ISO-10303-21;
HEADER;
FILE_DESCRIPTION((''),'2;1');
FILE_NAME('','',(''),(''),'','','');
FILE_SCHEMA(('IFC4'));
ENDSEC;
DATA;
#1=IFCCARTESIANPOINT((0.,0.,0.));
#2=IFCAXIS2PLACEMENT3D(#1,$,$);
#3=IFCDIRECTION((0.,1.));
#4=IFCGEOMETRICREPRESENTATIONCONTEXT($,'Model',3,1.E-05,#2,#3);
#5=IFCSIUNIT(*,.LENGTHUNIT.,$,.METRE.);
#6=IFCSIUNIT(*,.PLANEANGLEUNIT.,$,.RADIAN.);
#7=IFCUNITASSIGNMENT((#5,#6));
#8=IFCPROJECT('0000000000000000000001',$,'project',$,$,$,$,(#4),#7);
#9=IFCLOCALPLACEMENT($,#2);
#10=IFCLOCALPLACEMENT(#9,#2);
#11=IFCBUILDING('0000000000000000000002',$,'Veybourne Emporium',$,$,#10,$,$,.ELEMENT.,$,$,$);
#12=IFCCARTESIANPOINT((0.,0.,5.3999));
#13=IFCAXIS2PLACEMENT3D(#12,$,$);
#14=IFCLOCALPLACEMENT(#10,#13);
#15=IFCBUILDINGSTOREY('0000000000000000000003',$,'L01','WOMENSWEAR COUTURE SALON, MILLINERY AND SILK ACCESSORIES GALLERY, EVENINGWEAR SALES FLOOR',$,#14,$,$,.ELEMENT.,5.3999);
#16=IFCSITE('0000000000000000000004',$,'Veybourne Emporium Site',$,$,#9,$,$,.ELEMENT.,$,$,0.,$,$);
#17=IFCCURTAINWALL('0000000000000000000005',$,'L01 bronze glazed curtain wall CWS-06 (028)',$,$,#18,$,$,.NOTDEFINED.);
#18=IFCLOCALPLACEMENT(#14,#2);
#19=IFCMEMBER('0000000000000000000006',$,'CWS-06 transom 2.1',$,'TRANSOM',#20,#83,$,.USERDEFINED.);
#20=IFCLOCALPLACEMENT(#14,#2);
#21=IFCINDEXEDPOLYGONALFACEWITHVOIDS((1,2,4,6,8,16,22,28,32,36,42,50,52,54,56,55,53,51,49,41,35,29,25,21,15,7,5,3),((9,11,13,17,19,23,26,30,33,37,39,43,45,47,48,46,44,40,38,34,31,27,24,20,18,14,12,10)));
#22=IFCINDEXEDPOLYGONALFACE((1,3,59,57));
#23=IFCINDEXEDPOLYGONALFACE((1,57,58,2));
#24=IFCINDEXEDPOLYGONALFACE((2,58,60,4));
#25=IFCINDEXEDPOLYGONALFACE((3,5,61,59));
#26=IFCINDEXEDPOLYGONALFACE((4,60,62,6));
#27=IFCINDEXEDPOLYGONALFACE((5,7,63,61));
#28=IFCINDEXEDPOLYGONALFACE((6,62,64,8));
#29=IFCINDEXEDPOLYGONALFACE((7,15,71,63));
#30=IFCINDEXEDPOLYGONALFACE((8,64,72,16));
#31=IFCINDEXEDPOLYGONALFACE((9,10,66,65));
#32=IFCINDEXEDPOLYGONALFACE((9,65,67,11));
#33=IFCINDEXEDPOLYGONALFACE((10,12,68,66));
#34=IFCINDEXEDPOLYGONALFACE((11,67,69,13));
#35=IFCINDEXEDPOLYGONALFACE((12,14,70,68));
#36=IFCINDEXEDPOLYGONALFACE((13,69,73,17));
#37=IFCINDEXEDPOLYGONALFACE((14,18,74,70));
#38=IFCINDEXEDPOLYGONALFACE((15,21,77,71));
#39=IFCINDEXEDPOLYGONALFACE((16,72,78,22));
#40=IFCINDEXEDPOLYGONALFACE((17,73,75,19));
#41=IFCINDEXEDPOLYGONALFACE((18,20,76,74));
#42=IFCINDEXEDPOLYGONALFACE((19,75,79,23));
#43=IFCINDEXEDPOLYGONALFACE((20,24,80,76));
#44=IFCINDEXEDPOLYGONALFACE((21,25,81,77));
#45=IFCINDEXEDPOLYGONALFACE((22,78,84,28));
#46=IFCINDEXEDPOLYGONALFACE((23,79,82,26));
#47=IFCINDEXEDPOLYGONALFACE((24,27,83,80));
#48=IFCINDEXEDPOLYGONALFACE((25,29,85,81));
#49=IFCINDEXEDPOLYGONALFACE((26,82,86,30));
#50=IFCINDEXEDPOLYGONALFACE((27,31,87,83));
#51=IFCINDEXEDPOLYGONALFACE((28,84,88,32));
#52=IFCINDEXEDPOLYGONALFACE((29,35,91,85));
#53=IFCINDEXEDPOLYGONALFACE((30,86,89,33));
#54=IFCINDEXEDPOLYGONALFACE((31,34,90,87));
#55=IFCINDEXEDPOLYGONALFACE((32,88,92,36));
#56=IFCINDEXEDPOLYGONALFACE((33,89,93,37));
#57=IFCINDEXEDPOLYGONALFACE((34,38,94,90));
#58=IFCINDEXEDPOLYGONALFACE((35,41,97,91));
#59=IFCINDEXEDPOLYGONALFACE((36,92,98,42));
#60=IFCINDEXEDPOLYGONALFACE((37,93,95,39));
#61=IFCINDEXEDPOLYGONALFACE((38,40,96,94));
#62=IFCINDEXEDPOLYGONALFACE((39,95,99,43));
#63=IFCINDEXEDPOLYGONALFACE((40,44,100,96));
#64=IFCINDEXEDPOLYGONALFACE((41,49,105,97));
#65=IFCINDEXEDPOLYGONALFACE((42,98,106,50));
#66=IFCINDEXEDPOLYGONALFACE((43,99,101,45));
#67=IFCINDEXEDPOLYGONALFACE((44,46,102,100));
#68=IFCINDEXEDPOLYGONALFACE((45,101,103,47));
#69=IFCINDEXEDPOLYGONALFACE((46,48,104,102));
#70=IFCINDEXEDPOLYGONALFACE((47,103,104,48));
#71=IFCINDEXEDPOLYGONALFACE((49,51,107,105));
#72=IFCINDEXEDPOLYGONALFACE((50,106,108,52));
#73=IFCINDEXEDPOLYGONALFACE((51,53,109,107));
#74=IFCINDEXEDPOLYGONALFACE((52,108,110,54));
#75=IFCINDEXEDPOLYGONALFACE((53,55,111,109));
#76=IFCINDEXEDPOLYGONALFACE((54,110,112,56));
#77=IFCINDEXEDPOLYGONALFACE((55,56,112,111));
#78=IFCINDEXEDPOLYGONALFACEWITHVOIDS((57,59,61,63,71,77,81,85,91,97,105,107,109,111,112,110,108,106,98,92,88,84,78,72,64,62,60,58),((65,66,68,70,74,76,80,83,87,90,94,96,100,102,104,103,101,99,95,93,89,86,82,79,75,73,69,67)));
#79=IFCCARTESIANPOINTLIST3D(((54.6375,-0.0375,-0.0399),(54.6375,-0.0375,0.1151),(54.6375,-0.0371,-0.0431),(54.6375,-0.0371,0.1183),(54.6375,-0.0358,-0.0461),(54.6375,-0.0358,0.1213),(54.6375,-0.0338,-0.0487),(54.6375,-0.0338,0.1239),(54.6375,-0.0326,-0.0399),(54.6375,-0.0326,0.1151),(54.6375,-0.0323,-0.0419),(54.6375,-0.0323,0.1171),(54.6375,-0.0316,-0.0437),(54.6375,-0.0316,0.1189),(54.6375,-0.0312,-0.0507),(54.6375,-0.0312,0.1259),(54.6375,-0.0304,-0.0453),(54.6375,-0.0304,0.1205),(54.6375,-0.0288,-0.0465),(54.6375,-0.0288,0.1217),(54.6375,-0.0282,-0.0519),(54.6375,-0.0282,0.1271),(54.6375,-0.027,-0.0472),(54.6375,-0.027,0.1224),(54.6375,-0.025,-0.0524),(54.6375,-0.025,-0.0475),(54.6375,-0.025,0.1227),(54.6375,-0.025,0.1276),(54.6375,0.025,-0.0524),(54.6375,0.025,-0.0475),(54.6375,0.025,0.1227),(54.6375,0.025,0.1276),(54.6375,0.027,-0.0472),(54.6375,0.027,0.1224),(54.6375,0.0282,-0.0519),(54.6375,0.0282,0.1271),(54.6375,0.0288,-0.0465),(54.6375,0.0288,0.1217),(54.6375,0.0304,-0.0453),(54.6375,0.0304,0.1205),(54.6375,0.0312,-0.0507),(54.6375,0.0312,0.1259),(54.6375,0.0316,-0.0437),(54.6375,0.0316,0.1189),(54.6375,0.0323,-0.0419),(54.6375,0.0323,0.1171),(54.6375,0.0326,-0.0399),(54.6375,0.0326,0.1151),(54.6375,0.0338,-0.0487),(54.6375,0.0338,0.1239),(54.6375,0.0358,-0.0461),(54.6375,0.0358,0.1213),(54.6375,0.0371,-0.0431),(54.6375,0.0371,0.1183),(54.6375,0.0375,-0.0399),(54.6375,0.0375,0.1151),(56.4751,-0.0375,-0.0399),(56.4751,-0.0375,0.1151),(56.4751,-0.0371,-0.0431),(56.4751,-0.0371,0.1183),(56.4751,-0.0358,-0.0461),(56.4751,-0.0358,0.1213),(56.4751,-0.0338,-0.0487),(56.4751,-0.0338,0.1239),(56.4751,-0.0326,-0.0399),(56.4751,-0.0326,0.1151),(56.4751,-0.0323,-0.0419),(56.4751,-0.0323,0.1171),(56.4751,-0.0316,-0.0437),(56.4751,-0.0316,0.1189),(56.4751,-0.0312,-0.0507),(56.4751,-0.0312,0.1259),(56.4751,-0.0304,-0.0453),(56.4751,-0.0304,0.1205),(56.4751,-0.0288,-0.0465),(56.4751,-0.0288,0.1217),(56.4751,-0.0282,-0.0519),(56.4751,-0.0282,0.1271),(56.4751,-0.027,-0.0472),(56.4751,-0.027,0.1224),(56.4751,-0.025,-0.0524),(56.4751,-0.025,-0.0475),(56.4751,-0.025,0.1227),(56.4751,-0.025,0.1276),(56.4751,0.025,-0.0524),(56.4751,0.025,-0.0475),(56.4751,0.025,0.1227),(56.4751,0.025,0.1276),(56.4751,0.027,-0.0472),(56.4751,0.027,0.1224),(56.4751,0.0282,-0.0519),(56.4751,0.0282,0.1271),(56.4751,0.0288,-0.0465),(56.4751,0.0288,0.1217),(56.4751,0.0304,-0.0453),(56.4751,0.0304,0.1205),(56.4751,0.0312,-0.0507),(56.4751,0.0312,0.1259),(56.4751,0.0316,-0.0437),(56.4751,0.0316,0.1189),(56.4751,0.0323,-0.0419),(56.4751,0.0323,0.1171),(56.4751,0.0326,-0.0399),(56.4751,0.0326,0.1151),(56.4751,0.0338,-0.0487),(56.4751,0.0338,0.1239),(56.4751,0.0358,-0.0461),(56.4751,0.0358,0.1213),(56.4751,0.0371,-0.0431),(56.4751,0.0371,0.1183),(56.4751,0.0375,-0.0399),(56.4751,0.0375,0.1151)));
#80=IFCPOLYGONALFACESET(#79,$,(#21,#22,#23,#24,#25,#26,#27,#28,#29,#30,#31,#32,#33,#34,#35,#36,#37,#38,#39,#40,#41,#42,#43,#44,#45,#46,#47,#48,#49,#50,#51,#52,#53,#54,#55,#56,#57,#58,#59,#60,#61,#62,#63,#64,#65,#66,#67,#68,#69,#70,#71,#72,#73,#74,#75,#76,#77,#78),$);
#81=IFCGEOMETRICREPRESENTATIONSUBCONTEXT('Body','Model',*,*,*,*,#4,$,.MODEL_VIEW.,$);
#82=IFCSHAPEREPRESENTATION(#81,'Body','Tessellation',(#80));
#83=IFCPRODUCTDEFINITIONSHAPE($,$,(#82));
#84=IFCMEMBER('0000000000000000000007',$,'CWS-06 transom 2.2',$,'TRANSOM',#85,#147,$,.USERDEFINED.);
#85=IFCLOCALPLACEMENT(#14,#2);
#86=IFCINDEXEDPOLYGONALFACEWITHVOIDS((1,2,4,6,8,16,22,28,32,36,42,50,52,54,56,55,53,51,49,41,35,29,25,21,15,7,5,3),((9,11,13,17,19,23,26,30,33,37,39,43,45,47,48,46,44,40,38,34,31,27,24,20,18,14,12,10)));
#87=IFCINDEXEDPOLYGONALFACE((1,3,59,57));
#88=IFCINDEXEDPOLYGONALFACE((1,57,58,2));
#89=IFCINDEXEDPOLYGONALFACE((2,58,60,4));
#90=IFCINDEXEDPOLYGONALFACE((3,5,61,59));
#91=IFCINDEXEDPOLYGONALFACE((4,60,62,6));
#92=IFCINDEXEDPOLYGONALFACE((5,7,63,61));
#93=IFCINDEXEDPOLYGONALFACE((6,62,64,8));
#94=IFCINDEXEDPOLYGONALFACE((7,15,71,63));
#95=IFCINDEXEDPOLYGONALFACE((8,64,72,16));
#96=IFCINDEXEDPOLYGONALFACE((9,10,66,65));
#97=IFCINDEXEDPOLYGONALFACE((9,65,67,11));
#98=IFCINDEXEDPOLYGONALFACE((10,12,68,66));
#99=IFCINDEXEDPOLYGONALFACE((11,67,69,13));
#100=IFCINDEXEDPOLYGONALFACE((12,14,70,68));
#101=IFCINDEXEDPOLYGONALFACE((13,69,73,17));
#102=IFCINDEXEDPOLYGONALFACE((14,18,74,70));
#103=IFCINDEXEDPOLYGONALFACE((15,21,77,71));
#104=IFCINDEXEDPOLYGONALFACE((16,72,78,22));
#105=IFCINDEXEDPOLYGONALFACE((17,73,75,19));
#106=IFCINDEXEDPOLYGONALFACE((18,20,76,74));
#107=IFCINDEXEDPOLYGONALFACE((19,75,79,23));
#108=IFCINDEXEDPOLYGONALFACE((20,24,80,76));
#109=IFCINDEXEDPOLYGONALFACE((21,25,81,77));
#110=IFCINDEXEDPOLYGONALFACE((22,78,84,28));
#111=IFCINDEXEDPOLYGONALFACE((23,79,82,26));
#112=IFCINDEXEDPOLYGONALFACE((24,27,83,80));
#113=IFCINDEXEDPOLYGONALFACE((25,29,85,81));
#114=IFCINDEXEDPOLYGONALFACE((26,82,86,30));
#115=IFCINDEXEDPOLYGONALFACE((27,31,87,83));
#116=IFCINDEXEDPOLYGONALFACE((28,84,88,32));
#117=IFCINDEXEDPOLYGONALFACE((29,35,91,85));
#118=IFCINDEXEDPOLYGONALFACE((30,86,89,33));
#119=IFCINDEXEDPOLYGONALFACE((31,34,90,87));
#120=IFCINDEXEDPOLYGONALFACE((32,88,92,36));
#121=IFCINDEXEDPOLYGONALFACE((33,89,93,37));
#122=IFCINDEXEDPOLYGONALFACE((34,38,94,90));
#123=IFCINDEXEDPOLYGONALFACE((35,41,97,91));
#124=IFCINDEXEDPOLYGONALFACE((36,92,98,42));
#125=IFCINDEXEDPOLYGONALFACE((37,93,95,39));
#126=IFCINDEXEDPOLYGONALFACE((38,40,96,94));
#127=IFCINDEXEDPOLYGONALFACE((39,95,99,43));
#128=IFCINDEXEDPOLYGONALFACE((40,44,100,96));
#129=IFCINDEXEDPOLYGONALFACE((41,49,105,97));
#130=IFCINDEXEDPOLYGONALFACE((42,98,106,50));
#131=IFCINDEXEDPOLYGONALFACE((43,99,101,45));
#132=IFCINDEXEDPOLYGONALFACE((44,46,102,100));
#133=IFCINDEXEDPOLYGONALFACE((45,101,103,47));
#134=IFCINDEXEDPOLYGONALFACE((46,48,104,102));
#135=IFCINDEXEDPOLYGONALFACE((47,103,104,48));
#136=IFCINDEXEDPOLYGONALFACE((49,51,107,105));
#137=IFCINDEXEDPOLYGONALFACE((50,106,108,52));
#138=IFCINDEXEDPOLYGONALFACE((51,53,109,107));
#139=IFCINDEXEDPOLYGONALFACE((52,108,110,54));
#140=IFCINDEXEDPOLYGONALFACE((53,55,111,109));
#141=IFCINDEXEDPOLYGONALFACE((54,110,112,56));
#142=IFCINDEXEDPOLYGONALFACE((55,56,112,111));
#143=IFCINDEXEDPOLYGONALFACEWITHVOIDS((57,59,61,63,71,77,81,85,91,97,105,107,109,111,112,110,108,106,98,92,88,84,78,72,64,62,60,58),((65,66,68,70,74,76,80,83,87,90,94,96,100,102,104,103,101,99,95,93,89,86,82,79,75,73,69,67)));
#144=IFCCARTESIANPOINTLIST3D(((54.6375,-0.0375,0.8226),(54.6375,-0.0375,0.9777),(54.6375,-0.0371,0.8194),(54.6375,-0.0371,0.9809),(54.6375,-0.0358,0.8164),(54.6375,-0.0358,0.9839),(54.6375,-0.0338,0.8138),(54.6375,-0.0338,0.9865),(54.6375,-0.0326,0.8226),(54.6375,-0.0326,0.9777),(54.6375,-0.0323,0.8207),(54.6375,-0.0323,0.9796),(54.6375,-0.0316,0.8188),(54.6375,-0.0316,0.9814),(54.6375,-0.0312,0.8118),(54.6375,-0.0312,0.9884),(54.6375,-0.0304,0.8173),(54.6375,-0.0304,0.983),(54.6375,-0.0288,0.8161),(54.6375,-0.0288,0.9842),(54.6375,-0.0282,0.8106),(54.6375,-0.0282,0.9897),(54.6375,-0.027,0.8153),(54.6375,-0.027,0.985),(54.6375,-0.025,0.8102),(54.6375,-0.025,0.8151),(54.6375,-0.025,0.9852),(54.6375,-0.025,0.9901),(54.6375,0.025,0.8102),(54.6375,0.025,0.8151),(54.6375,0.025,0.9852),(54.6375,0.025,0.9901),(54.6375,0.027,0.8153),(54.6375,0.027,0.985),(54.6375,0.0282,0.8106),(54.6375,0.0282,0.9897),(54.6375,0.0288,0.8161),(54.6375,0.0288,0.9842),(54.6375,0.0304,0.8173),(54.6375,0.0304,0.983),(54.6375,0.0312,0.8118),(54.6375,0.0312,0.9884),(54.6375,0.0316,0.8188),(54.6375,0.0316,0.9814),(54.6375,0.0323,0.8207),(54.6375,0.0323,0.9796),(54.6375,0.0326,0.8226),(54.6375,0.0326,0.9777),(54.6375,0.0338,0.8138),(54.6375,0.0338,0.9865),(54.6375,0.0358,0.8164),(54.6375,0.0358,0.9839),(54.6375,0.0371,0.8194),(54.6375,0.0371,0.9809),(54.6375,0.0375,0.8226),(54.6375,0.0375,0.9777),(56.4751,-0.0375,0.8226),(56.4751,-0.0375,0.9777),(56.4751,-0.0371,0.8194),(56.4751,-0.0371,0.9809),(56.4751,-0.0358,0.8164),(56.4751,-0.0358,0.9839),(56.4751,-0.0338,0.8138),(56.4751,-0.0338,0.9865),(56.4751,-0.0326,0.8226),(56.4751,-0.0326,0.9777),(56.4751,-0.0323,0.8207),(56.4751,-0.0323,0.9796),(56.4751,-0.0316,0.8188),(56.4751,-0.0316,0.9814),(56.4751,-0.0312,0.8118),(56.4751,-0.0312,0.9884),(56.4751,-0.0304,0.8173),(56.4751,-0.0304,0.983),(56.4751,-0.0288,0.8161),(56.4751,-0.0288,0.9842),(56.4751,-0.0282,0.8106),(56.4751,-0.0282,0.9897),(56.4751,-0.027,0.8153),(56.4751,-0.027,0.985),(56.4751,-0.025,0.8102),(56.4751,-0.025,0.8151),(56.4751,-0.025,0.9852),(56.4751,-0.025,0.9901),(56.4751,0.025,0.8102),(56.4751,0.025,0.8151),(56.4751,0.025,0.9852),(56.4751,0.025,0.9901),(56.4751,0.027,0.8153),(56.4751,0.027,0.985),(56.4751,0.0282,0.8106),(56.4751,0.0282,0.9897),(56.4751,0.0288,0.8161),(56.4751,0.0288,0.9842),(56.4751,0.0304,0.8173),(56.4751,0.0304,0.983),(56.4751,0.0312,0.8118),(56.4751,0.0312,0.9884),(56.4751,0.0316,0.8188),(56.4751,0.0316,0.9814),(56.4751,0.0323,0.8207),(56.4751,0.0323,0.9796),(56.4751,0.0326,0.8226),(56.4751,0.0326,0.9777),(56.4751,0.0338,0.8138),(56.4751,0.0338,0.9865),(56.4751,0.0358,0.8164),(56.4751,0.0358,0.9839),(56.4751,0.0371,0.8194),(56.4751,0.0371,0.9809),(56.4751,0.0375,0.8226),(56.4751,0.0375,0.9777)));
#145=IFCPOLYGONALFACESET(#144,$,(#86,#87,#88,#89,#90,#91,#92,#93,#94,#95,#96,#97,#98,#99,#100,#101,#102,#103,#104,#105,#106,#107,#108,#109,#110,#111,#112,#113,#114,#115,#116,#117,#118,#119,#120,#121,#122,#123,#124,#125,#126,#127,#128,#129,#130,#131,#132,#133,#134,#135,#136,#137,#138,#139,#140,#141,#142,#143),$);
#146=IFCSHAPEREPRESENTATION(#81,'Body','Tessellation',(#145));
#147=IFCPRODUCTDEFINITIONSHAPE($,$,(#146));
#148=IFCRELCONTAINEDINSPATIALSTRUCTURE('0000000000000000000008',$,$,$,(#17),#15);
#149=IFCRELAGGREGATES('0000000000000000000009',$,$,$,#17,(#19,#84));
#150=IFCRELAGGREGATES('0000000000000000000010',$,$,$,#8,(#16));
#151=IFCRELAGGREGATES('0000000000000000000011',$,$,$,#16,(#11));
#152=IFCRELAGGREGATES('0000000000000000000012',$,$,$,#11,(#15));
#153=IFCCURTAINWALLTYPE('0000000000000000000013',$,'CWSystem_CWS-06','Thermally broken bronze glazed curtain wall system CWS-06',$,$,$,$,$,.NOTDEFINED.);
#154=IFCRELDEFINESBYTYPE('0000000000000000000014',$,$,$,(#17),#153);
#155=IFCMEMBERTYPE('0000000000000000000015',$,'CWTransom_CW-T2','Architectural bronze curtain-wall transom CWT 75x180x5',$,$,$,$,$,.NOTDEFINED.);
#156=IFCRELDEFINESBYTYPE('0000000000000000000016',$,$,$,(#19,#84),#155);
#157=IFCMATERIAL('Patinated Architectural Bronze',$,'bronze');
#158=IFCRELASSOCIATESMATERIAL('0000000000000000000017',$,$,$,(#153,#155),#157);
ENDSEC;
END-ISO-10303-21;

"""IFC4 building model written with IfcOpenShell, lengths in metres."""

from ifc_helpers import new_model, si_unit, direction, frame, origin, origin_2d, place, context, subcontext, project, spatial, hollow_rectangle, extrude, material, material_profile, profile_set, type_object, element, aggregate, save


model = new_model("IFC4")

# Units and contexts
model_context = context("Model", 3, precision=1e-05, world=origin(), true_north=direction((0.0, 1.0)))
body_context = subcontext(model_context, "Body", "Model", "MODEL_VIEW")
ifc_project = project(units=[si_unit("LENGTHUNIT", "METRE"), si_unit("PLANEANGLEUNIT", "RADIAN")], contexts=[model_context])

# Site, building, storey
site_placement = place(None, origin())
site = spatial("IfcSite", under=ifc_project, at=site_placement, Name="Veybourne Emporium Site", CompositionType="ELEMENT", RefElevation=0.0)
building_placement = place(site_placement, origin())
building = spatial("IfcBuilding", under=site, at=building_placement, Name="Veybourne Emporium", CompositionType="ELEMENT")
storey_placement = place(building_placement, frame((0.0, 0.0, 5.3999)))
storey = spatial("IfcBuildingStorey", under=building, at=storey_placement, Name="L01", Description="WOMENSWEAR COUTURE SALON, MILLINERY AND SILK ACCESSORIES GALLERY, EVENINGWEAR SALES FLOOR", CompositionType="ELEMENT", Elevation=5.3999)

# Curtain wall, members
ifc_material_1 = material(Name="Patinated Architectural Bronze", Category="bronze")
curtain_wall_type = type_object("IfcCurtainWallType", Name="CWSystem_CWS-06", Description="Thermally broken bronze glazed curtain wall system CWS-06", PredefinedType="NOTDEFINED", material=ifc_material_1)
curtain_wall_placement = place(storey_placement, origin())
curtain_wall = element("IfcCurtainWall", 1, at=curtain_wall_placement, inside=storey, type_object=curtain_wall_type, Name="L01 bronze glazed curtain wall CWS-06 (028)", PredefinedType="NOTDEFINED")
ifc_material_profile_1 = material_profile(ifc_material_1, hollow_rectangle(XDim=0.075, YDim=0.1799, WallThickness=0.0049, InnerFilletRadius=0.0076, OuterFilletRadius=0.0125, at=origin_2d()), Name="CWT 75x180x5")
ifc_profile_set_1 = profile_set([ifc_material_profile_1], Name="Patinated Architectural Bronze")
member_type_1 = type_object("IfcMemberType", Name="CWTransom_CW-T2", Description="Architectural bronze curtain-wall transom CWT 75x180x5", PredefinedType="NOTDEFINED", material=ifc_profile_set_1)
member_1_placement = place(storey_placement, frame((56.4751, 0.0, 0.0376), z_axis=(-1.0, 0.0, 0.0), x_axis=(0.0, -1.0, 0.0)))
member_1 = element("IfcMember", 2, at=member_1_placement, type_object=member_type_1, Name="CWS-06 transom 2.1", ObjectType="TRANSOM", PredefinedType="USERDEFINED", context=body_context, shape_type="SweptSolid", body=[
    extrude(hollow_rectangle(XDim=0.075, YDim=0.1799, WallThickness=0.0049, InnerFilletRadius=0.0076, OuterFilletRadius=0.0125, at=origin_2d()), origin(), (0.0, 0.0, 1.0), 1.8376),
])
member_2_placement = place(storey_placement, frame((56.4751, 0.0, 0.9001), z_axis=(-1.0, 0.0, 0.0), x_axis=(0.0, -1.0, 0.0)))
member_2 = element("IfcMember", 3, at=member_2_placement, type_object=member_type_1, Name="CWS-06 transom 2.2", ObjectType="TRANSOM", PredefinedType="USERDEFINED", context=body_context, shape_type="SweptSolid", body=[
    extrude(hollow_rectangle(XDim=0.075, YDim=0.1799, WallThickness=0.0049, InnerFilletRadius=0.0076, OuterFilletRadius=0.0125, at=origin_2d()), origin(), (0.0, 0.0, 1.0), 1.8376),
])

aggregate(curtain_wall, [member_1, member_2])

save(model, "model.ifc")
